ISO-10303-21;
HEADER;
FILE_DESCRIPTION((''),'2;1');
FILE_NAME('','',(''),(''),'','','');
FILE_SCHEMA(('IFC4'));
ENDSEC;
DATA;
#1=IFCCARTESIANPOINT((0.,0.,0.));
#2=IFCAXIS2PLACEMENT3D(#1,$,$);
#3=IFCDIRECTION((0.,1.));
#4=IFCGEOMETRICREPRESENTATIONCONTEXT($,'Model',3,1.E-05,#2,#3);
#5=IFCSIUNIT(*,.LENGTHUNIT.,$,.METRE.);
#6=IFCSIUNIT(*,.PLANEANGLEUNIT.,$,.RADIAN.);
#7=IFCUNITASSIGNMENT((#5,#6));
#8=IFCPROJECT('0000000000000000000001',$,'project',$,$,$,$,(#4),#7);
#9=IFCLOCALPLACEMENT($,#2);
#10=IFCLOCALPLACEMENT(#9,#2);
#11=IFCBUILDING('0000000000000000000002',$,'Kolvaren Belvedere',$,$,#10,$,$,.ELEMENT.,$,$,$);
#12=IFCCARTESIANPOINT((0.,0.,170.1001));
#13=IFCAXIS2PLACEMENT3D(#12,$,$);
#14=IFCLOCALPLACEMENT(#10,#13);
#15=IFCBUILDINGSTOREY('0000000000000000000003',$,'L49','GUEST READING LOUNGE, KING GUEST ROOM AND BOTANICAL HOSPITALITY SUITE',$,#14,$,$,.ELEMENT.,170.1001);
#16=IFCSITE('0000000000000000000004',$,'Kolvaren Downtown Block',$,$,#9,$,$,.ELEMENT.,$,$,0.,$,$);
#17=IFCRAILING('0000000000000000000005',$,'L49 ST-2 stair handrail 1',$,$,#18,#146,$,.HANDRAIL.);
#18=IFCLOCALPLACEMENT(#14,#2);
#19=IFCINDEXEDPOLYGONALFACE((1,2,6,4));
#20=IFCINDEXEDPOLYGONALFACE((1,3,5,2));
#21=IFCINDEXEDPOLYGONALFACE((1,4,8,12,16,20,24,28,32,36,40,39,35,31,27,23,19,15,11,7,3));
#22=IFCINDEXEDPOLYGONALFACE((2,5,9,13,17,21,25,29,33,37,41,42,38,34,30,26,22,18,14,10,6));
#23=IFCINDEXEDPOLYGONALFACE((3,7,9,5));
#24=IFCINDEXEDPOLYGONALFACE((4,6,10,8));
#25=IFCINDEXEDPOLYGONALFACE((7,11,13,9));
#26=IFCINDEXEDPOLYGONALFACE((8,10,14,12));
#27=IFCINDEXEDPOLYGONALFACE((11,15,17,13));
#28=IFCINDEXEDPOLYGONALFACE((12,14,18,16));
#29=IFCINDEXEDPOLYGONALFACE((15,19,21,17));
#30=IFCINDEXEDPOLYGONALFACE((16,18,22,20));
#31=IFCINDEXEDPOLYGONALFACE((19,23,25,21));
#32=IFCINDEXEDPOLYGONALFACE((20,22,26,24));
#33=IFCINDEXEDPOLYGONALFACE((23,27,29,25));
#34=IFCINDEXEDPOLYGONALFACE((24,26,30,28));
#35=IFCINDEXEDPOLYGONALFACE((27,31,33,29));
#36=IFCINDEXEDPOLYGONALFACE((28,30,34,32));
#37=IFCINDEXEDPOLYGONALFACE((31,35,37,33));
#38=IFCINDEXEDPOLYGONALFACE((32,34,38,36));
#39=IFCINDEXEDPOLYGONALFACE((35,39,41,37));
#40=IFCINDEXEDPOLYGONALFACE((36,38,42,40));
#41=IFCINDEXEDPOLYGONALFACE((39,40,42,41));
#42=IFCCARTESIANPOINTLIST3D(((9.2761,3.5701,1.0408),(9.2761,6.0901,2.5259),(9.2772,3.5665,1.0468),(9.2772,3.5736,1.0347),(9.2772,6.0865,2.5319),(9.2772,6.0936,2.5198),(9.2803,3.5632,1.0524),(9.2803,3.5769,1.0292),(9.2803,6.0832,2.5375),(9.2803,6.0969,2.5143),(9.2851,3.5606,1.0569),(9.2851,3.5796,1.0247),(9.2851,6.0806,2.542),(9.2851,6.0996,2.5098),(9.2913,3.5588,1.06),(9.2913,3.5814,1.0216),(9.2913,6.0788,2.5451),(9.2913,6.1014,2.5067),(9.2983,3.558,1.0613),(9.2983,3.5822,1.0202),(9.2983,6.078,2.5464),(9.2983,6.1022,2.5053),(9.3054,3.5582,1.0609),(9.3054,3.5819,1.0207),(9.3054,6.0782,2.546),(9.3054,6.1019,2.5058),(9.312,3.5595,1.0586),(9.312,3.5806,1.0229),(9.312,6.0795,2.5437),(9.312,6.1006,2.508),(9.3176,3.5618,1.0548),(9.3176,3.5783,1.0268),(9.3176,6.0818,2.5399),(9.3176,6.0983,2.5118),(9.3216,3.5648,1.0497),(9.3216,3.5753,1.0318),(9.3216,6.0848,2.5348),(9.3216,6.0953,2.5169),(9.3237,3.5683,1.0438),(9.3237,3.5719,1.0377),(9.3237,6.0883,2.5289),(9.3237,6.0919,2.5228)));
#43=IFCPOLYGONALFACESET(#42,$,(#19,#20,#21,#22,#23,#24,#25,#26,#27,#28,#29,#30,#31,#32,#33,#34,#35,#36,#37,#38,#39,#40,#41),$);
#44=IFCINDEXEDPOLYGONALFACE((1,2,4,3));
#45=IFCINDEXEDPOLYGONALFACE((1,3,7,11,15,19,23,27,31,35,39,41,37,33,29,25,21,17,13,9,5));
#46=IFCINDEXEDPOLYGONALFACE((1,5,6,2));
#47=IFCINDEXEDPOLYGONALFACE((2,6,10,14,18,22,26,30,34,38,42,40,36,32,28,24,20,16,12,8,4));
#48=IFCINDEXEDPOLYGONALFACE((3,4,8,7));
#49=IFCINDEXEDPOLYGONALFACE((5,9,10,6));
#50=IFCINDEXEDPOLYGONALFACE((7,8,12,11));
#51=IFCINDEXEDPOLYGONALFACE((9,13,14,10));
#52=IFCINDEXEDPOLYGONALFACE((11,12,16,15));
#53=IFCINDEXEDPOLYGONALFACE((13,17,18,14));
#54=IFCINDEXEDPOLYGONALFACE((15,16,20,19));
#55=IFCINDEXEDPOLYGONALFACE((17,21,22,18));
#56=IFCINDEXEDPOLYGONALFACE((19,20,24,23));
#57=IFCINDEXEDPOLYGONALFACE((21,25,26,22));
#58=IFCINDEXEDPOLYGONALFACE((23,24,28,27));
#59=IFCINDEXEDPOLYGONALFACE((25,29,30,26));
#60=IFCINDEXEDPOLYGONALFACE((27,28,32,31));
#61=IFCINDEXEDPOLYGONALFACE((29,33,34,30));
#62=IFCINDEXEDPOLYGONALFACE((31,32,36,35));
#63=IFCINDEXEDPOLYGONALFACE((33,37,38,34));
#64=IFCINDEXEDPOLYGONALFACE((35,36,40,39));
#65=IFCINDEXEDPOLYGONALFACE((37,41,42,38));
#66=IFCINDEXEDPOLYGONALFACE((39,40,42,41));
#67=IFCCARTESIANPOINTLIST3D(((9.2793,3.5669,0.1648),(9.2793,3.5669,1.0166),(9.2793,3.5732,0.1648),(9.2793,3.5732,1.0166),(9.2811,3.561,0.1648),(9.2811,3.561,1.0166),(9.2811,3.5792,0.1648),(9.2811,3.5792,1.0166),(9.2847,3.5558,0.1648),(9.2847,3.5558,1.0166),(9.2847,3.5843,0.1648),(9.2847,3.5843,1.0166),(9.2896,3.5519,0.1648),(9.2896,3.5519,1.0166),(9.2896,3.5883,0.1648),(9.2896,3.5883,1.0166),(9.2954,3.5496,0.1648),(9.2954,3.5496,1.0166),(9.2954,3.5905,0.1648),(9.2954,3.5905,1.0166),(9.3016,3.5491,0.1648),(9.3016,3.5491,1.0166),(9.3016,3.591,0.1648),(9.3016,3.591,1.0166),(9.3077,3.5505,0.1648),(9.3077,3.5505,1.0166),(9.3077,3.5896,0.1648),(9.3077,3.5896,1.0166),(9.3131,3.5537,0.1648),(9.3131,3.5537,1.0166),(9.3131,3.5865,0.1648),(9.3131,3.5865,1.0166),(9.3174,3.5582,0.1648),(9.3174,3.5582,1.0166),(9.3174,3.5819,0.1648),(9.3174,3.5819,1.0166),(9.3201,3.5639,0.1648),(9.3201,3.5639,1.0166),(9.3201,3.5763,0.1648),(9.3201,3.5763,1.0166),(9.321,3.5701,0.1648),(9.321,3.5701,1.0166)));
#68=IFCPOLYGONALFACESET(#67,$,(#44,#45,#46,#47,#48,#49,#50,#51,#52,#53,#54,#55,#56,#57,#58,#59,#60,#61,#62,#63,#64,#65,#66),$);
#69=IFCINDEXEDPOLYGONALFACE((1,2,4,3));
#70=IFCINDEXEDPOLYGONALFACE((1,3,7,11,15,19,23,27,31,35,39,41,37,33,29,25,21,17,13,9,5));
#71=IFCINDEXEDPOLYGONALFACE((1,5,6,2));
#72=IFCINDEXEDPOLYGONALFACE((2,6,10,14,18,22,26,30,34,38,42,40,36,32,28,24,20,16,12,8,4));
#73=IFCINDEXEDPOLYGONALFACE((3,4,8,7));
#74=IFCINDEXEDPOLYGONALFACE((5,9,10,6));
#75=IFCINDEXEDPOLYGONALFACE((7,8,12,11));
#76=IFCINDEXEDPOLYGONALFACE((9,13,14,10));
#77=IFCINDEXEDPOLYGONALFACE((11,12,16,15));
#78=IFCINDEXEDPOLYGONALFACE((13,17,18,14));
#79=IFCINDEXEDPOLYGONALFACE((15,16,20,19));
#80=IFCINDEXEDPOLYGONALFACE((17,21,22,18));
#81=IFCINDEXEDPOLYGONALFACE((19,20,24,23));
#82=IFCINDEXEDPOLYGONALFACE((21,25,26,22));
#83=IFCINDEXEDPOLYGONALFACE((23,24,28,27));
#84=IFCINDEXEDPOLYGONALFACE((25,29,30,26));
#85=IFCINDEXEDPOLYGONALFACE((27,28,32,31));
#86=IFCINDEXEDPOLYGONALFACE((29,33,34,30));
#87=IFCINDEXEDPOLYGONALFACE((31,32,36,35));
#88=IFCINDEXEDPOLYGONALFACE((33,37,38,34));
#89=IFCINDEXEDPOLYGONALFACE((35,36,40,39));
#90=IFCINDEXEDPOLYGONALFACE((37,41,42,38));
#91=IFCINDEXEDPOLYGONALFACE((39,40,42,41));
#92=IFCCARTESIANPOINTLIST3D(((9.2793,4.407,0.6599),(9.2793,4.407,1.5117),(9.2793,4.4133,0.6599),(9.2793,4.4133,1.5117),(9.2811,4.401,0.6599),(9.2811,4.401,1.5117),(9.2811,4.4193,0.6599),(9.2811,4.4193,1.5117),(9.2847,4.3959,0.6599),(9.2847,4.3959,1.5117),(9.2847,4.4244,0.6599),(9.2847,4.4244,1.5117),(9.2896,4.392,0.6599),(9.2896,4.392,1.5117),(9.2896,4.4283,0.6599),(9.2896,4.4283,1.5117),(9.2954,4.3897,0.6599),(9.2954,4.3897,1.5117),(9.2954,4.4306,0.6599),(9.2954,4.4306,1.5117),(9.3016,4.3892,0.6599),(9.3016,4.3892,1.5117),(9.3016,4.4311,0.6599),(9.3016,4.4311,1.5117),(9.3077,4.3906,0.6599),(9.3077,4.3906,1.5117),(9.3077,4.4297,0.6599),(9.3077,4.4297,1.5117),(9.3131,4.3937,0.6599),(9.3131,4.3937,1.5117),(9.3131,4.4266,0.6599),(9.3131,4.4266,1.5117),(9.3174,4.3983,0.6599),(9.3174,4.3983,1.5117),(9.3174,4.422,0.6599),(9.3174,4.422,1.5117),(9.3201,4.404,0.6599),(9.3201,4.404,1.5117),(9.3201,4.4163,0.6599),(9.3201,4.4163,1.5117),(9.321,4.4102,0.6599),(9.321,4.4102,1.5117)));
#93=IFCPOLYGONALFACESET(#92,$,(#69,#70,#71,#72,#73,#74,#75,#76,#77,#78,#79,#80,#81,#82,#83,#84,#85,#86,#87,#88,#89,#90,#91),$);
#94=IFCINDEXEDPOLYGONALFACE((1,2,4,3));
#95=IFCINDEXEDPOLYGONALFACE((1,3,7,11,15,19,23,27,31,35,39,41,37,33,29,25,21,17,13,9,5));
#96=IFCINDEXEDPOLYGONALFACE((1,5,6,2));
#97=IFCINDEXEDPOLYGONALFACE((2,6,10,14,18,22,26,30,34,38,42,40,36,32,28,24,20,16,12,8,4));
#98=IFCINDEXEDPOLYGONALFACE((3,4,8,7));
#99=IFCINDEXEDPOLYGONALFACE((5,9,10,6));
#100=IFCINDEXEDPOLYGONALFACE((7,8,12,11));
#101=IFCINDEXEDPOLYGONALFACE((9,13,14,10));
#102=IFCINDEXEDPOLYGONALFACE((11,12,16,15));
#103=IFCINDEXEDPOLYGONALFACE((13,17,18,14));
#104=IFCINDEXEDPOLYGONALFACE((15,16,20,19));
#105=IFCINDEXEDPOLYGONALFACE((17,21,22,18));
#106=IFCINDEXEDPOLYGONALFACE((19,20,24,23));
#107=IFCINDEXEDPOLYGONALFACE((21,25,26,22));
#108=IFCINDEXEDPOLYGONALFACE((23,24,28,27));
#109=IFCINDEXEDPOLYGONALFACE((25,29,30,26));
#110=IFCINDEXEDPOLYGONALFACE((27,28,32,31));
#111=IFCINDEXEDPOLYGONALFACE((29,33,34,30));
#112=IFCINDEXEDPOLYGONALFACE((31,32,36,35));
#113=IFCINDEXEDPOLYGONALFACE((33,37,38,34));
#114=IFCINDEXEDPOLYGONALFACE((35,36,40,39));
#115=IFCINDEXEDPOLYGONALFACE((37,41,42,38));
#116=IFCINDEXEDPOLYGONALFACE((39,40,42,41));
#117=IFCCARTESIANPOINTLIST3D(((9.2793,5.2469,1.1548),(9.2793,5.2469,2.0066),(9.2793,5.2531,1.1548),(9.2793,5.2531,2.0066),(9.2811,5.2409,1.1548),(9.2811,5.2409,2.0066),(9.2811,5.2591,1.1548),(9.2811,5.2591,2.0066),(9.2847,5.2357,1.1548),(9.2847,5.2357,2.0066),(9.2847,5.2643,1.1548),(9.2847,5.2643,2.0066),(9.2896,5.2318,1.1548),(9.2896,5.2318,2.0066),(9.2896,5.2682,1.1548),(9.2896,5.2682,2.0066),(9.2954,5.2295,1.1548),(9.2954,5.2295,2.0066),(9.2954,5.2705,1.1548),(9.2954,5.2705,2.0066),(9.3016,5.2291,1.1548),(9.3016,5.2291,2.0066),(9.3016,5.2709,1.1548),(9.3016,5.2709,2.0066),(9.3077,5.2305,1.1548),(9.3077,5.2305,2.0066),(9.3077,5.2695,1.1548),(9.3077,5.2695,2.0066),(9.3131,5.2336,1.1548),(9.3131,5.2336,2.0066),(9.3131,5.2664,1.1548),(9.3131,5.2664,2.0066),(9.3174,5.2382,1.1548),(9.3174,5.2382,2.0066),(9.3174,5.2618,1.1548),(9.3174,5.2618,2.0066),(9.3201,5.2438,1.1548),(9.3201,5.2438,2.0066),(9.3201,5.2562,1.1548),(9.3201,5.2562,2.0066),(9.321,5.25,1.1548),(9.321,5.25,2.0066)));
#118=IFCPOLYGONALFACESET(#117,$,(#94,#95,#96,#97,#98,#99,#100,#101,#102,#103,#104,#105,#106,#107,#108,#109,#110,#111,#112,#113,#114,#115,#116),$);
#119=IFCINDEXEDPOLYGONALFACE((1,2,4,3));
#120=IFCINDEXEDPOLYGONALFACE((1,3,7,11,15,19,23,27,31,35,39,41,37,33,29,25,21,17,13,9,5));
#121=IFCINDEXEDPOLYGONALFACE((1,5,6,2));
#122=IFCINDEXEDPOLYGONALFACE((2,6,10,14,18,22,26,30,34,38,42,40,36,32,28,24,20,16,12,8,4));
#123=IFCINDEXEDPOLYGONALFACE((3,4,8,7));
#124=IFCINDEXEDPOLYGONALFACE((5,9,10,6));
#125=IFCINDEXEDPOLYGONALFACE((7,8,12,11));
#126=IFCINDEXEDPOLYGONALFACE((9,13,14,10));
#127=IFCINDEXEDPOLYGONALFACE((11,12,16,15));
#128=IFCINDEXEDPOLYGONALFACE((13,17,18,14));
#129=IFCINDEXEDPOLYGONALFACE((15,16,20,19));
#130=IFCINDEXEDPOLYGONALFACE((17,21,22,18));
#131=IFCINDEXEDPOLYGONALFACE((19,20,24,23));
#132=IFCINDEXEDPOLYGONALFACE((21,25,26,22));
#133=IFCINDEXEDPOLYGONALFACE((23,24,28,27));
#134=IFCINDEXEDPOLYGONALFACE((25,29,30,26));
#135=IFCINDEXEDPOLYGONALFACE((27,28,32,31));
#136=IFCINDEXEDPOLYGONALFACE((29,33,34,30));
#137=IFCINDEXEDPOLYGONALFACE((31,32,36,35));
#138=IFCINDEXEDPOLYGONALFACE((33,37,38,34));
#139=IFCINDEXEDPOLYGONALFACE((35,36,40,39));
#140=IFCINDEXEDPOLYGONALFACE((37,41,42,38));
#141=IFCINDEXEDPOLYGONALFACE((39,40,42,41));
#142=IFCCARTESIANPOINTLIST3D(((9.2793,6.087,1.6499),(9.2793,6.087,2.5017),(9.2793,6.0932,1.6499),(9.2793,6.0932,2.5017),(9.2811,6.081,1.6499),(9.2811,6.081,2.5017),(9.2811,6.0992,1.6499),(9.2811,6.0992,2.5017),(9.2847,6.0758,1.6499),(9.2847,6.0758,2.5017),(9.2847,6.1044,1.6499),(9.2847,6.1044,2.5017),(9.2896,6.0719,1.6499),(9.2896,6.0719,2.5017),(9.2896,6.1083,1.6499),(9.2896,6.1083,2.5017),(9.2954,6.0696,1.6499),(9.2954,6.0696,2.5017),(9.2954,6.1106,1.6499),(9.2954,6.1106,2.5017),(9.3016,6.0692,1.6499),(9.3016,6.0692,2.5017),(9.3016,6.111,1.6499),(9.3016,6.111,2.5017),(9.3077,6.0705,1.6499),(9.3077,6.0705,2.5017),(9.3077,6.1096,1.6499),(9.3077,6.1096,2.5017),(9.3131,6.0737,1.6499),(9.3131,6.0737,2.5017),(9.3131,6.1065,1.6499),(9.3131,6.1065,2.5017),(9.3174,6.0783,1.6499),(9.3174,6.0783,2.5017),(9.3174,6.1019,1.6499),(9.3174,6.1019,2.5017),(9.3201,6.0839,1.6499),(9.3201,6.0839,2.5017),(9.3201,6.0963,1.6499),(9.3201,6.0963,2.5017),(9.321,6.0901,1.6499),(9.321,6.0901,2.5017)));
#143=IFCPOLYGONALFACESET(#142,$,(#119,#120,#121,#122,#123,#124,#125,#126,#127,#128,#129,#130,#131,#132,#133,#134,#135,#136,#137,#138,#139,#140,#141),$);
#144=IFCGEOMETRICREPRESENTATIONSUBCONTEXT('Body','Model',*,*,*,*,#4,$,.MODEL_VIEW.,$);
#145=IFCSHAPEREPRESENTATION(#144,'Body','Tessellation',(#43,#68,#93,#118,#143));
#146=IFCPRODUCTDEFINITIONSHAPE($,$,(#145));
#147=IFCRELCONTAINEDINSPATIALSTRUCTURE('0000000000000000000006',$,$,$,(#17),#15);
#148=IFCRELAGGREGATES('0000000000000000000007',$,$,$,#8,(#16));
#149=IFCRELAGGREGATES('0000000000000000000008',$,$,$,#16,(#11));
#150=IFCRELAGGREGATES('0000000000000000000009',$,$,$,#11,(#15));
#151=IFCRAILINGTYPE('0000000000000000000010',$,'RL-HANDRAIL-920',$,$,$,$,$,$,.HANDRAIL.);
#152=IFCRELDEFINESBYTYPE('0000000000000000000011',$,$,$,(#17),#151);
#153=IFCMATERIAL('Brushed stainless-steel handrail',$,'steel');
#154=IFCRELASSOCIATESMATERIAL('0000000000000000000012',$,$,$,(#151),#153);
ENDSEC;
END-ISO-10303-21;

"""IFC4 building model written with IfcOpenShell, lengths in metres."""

from ifc_helpers import new_model, si_unit, direction, frame, origin, origin_2d, place, context, subcontext, project, spatial, circle, extrude, material, type_object, element, save


model = new_model("IFC4")

# Units and contexts
model_context = context("Model", 3, precision=1e-05, world=origin(), true_north=direction((0.0, 1.0)))
body_context = subcontext(model_context, "Body", "Model", "MODEL_VIEW")
ifc_project = project(units=[si_unit("LENGTHUNIT", "METRE"), si_unit("PLANEANGLEUNIT", "RADIAN")], contexts=[model_context])

# Site, building, storey
site_placement = place(None, origin())
site = spatial("IfcSite", under=ifc_project, at=site_placement, Name="Kolvaren Downtown Block", CompositionType="ELEMENT", RefElevation=0.0)
building_placement = place(site_placement, origin())
building = spatial("IfcBuilding", under=site, at=building_placement, Name="Kolvaren Belvedere", CompositionType="ELEMENT")
storey_placement = place(building_placement, frame((0.0, 0.0, 170.1001)))
storey = spatial("IfcBuildingStorey", under=building, at=storey_placement, Name="L49", Description="GUEST READING LOUNGE, KING GUEST ROOM AND BOTANICAL HOSPITALITY SUITE", CompositionType="ELEMENT", Elevation=170.1001)

# Railing
ifc_material_1 = material(Name="Brushed stainless-steel handrail", Category="steel")
railing_type_1 = type_object("IfcRailingType", Name="RL-HANDRAIL-920", PredefinedType="HANDRAIL", material=ifc_material_1)
railing_1_placement = place(storey_placement, frame((9.3, 3.5701, 0.1648)))
element("IfcRailing", 1, at=railing_1_placement, inside=storey, type_object=railing_type_1, Name="L49 ST-2 stair handrail 1", PredefinedType="HANDRAIL", context=body_context, shape_type="SweptSolid", body=[
    extrude(circle(Radius=0.0239, at=origin_2d()), frame((0.0, 0.0, 0.876), z_axis=(0.0, 0.861524, 0.507717), x_axis=(-1.0, 0.0, 0.0)), (0.0, 0.0, 1.0), 2.925),
    extrude(circle(Radius=0.021, at=origin_2d()), origin(), (0.0, 0.0, 1.0), 0.8518),
    extrude(circle(Radius=0.021, at=origin_2d()), frame((0.0, 0.8401, 0.4951)), (0.0, 0.0, 1.0), 0.8518),
    extrude(circle(Radius=0.021, at=origin_2d()), frame((0.0, 1.6799, 0.99)), (0.0, 0.0, 1.0), 0.8518),
    extrude(circle(Radius=0.021, at=origin_2d()), frame((0.0, 2.52, 1.4851)), (0.0, 0.0, 1.0), 0.8518),
])

save(model, "model.ifc")
